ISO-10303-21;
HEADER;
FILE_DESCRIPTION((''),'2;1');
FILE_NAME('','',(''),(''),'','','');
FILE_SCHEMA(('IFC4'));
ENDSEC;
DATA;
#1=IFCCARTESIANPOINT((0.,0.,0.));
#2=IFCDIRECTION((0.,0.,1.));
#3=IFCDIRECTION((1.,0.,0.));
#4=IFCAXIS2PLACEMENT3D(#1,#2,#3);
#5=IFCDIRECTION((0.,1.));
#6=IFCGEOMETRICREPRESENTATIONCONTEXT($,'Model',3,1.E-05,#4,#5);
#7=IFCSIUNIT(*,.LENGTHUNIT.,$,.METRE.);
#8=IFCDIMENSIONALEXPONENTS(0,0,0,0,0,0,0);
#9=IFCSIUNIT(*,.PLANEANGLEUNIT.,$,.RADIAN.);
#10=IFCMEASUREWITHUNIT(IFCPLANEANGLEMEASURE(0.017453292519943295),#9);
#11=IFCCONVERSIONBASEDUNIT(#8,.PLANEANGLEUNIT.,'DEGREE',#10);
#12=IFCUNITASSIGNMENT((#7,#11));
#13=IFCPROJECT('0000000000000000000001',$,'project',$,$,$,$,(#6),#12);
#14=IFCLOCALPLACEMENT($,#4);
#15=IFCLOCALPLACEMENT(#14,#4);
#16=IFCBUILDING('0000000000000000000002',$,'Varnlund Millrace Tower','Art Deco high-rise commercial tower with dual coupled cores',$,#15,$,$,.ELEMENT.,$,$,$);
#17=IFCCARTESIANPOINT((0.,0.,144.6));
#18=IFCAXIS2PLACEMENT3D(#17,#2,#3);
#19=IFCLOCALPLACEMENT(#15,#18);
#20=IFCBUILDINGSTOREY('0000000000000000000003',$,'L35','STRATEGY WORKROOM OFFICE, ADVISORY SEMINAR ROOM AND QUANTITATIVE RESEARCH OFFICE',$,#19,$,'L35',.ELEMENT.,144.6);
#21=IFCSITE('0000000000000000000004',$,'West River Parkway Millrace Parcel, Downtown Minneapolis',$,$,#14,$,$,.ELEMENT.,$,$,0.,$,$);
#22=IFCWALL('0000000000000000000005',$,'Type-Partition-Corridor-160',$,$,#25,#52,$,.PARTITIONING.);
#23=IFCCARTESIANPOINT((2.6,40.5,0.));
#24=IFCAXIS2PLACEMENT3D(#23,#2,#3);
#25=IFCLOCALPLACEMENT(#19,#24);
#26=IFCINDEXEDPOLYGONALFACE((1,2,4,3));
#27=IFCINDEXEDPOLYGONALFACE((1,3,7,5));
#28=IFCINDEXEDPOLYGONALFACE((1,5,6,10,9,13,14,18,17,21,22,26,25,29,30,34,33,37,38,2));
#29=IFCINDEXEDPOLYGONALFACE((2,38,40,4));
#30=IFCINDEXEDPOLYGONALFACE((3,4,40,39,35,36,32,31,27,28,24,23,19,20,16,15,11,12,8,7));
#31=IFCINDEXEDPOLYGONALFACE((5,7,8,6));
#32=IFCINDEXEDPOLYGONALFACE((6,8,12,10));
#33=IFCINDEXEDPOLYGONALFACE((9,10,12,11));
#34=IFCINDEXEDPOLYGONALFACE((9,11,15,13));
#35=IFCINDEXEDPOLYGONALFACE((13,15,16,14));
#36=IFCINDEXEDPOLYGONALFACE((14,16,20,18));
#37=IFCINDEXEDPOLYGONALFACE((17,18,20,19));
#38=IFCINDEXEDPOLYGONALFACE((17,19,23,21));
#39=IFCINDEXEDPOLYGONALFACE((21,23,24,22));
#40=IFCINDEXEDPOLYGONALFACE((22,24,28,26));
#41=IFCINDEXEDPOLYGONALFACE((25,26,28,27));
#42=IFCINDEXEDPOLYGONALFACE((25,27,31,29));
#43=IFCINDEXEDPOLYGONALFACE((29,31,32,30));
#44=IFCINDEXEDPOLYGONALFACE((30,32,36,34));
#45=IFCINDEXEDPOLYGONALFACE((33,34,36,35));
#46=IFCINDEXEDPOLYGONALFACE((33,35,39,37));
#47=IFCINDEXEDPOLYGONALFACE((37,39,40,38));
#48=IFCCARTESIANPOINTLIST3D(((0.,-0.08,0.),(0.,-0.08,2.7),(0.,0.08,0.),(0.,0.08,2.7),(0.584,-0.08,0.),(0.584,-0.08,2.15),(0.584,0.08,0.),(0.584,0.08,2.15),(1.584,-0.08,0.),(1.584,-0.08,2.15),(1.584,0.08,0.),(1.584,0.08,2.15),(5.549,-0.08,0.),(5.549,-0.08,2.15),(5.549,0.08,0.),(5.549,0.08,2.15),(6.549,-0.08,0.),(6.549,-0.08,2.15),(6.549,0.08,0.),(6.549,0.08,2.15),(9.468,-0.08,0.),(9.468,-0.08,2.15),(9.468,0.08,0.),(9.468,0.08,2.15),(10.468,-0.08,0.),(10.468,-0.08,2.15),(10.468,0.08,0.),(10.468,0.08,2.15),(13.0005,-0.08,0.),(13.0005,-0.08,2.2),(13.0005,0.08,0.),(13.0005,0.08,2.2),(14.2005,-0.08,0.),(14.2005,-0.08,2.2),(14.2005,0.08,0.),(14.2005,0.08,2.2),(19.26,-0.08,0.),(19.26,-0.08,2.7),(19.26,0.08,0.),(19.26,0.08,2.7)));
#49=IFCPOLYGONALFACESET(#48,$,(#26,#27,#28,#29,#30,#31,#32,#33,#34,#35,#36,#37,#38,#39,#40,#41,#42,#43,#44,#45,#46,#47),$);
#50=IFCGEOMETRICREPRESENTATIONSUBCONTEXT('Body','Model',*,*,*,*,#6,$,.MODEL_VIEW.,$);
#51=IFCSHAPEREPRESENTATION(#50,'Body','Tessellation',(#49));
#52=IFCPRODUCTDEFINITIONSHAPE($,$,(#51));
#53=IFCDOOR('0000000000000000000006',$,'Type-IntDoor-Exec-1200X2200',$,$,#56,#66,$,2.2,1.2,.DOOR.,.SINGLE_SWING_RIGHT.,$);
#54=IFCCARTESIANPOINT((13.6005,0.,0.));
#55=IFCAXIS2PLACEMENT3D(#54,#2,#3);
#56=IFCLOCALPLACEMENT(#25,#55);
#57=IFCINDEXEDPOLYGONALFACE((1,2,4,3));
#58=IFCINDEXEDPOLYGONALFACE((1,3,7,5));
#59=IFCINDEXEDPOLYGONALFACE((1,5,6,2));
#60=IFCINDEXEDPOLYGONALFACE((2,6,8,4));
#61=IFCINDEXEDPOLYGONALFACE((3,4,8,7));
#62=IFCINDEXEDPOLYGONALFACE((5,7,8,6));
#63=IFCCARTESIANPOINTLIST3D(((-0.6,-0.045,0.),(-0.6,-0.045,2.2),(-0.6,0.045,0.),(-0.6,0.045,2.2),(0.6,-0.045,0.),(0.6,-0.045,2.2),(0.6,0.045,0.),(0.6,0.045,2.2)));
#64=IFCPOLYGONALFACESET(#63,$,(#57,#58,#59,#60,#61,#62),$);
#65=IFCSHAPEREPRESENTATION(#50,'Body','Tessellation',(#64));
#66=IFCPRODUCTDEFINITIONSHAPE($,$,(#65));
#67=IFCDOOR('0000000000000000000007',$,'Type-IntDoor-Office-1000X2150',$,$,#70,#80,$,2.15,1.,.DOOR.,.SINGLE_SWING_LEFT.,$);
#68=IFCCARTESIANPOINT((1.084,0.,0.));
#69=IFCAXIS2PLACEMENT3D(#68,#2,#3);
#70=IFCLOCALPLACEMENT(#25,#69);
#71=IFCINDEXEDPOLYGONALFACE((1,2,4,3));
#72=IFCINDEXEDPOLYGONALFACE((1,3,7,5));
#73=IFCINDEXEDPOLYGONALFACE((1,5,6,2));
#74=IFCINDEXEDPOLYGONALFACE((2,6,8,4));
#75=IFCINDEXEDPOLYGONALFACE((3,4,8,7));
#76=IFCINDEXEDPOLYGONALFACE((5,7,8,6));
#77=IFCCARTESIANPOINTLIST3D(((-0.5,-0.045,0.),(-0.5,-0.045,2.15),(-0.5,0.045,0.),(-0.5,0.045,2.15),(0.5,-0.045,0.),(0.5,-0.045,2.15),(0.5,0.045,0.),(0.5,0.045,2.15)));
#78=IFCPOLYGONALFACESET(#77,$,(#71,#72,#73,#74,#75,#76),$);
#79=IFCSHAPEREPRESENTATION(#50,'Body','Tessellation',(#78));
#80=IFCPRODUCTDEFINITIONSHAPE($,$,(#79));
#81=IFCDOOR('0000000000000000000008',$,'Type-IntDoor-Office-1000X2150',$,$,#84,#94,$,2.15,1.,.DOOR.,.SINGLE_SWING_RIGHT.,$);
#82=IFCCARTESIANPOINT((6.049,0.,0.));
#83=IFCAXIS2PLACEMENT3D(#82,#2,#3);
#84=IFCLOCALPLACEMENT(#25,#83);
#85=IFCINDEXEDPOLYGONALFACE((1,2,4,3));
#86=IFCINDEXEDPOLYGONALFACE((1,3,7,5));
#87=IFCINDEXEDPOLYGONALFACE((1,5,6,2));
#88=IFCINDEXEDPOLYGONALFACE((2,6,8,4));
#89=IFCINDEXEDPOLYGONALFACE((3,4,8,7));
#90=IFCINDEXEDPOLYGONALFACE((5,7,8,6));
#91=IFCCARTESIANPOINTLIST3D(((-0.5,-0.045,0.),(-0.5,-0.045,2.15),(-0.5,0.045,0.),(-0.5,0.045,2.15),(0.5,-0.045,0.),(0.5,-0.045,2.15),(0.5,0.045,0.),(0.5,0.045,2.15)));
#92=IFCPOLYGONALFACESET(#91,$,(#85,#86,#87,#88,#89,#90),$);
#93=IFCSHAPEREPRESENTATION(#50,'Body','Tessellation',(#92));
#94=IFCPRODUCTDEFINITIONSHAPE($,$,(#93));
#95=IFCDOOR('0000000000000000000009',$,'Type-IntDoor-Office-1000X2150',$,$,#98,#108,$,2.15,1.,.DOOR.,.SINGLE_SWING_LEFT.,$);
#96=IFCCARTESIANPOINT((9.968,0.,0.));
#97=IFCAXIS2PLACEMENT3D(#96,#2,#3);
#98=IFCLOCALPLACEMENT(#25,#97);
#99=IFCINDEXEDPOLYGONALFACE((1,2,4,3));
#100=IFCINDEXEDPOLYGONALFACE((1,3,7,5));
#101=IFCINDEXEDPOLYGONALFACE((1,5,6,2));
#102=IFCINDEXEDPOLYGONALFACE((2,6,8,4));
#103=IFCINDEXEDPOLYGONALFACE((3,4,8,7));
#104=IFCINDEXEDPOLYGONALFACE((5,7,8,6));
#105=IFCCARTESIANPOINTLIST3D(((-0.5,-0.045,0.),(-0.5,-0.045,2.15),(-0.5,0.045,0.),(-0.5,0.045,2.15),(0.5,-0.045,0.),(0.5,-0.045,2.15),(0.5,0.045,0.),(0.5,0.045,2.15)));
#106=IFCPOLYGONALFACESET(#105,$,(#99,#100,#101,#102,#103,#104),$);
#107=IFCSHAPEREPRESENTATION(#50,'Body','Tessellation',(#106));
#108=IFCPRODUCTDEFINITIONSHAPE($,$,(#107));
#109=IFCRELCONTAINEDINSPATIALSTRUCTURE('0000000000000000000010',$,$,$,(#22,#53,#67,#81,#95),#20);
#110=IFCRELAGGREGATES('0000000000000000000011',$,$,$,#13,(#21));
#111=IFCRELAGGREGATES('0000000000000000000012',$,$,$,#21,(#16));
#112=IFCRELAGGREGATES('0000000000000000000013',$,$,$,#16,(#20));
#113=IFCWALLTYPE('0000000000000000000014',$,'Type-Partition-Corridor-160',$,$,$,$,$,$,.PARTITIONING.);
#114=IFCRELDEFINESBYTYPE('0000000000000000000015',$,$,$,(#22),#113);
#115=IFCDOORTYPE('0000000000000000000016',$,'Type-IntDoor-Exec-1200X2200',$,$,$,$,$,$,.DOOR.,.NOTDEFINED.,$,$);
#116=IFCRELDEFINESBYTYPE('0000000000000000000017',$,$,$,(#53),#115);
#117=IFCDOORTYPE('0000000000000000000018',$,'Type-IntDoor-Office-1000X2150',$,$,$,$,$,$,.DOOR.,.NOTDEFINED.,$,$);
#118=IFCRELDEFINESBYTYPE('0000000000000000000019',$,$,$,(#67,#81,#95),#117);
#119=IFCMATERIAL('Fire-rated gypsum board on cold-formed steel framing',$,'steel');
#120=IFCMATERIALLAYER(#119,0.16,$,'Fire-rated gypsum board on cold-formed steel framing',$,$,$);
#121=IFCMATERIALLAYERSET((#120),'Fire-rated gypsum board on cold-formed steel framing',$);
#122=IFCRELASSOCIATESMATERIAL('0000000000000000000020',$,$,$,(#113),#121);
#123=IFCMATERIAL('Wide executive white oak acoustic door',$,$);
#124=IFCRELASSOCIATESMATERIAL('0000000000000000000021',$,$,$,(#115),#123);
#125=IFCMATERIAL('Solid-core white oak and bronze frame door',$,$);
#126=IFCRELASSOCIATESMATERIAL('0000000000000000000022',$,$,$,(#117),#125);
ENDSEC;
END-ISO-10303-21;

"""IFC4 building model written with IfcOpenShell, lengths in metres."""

from ifc_helpers import new_model, entity, si_unit, converted_unit, direction, frame, origin_with_axes, origin_2d_with_axis, place, context, subcontext, project, spatial, polyline, rectangle, outline, extrude, material, layer, layer_set, type_object, element, fill, save


model = new_model("IFC4")

# Units and contexts
model_context = context("Model", 3, precision=1e-05, world=origin_with_axes(), true_north=direction((0.0, 1.0)))
body_context = subcontext(model_context, "Body", "Model", "MODEL_VIEW")
ifc_project = project(units=[si_unit("LENGTHUNIT", "METRE"), converted_unit("PLANEANGLEUNIT", "DEGREE", entity("IfcPlaneAngleMeasure", 0.017453292519943295), si_unit("PLANEANGLEUNIT", "RADIAN"), dimensions=[0, 0, 0, 0, 0, 0, 0])], contexts=[model_context])

# Site, building, storey
site_placement = place(None, origin_with_axes())
site = spatial("IfcSite", under=ifc_project, at=site_placement, Name="West River Parkway Millrace Parcel, Downtown Minneapolis", CompositionType="ELEMENT", RefElevation=0.0)
building_placement = place(site_placement, origin_with_axes())
building = spatial("IfcBuilding", under=site, at=building_placement, Name="Varnlund Millrace Tower", Description="Art Deco high-rise commercial tower with dual coupled cores", CompositionType="ELEMENT")
storey_placement = place(building_placement, frame((0.0, 0.0, 144.6), z_axis=(0.0, 0.0, 1.0), x_axis=(1.0, 0.0, 0.0)))
storey = spatial("IfcBuildingStorey", under=building, at=storey_placement, Name="L35", Description="STRATEGY WORKROOM OFFICE, ADVISORY SEMINAR ROOM AND QUANTITATIVE RESEARCH OFFICE", LongName="L35", CompositionType="ELEMENT", Elevation=144.6)

# Wall, openings, doors
ifc_material_1 = material(Name="Fire-rated gypsum board on cold-formed steel framing", Category="steel")
ifc_layer_1 = layer(ifc_material_1, 0.16, Name="Fire-rated gypsum board on cold-formed steel framing")
ifc_layer_set_1 = layer_set([ifc_layer_1], Name="Fire-rated gypsum board on cold-formed steel framing")
wall_type_1 = type_object("IfcWallType", Name="Type-Partition-Corridor-160", PredefinedType="PARTITIONING", material=ifc_layer_set_1)
wall_1_placement = place(storey_placement, frame((2.6, 40.5, 0.0), z_axis=(0.0, 0.0, 1.0), x_axis=(1.0, 0.0, 0.0)))
wall_1 = element("IfcWall", 1, at=wall_1_placement, inside=storey, type_object=wall_type_1, Name="Type-Partition-Corridor-160", PredefinedType="PARTITIONING", context=body_context, shape_type="SweptSolid", body=[
    extrude(outline(polyline([(0.0, -0.08), (19.26, -0.08), (19.26, 0.08), (0.0, 0.08), (0.0, -0.08)])), origin_with_axes(), (0.0, 0.0, 1.0), 2.7),
])
opening_1_placement = place(wall_1_placement, frame((1.084, 0.0, 0.0), z_axis=(0.0, 0.0, 1.0), x_axis=(1.0, 0.0, 0.0)))
opening_1 = element("IfcOpeningElement", 2, at=opening_1_placement, cuts=wall_1, PredefinedType="OPENING", context=body_context, shape_type="SweptSolid", body=[
    extrude(rectangle(XDim=1.0, YDim=0.18, at=origin_2d_with_axis()), origin_with_axes(), (0.0, 0.0, 1.0), 2.15),
])
opening_2_placement = place(wall_1_placement, frame((6.049, 0.0, 0.0), z_axis=(0.0, 0.0, 1.0), x_axis=(1.0, 0.0, 0.0)))
opening_2 = element("IfcOpeningElement", 3, at=opening_2_placement, cuts=wall_1, PredefinedType="OPENING", context=body_context, shape_type="SweptSolid", body=[
    extrude(rectangle(XDim=1.0, YDim=0.18, at=origin_2d_with_axis()), origin_with_axes(), (0.0, 0.0, 1.0), 2.15),
])
opening_3_placement = place(wall_1_placement, frame((9.968, 0.0, 0.0), z_axis=(0.0, 0.0, 1.0), x_axis=(1.0, 0.0, 0.0)))
opening_3 = element("IfcOpeningElement", 4, at=opening_3_placement, cuts=wall_1, PredefinedType="OPENING", context=body_context, shape_type="SweptSolid", body=[
    extrude(rectangle(XDim=1.0, YDim=0.18, at=origin_2d_with_axis()), origin_with_axes(), (0.0, 0.0, 1.0), 2.15),
])
opening_4_placement = place(wall_1_placement, frame((13.6005, 0.0, 0.0), z_axis=(0.0, 0.0, 1.0), x_axis=(1.0, 0.0, 0.0)))
opening_4 = element("IfcOpeningElement", 5, at=opening_4_placement, cuts=wall_1, PredefinedType="OPENING", context=body_context, shape_type="SweptSolid", body=[
    extrude(rectangle(XDim=1.2, YDim=0.18, at=origin_2d_with_axis()), origin_with_axes(), (0.0, 0.0, 1.0), 2.2),
])
ifc_material_2 = material(Name="Wide executive white oak acoustic door")
door_type_1 = type_object("IfcDoorType", Name="Type-IntDoor-Exec-1200X2200", OperationType="NOTDEFINED", PredefinedType="DOOR", material=ifc_material_2)
door_1_placement = place(wall_1_placement, frame((13.6005, 0.0, 0.0), z_axis=(0.0, 0.0, 1.0), x_axis=(1.0, 0.0, 0.0)))
door_1 = element("IfcDoor", 6, at=door_1_placement, inside=storey, type_object=door_type_1, Name="Type-IntDoor-Exec-1200X2200", OperationType="SINGLE_SWING_RIGHT", OverallHeight=2.2, OverallWidth=1.2, PredefinedType="DOOR", context=body_context, shape_type="SweptSolid", body=[
    extrude(rectangle(XDim=1.2, YDim=0.09, at=origin_2d_with_axis()), origin_with_axes(), (0.0, 0.0, 1.0), 2.2),
])
fill(opening_4, door_1)
ifc_material_3 = material(Name="Solid-core white oak and bronze frame door")
door_type_2 = type_object("IfcDoorType", Name="Type-IntDoor-Office-1000X2150", OperationType="NOTDEFINED", PredefinedType="DOOR", material=ifc_material_3)
door_2_placement = place(wall_1_placement, frame((1.084, 0.0, 0.0), z_axis=(0.0, 0.0, 1.0), x_axis=(1.0, 0.0, 0.0)))
door_2 = element("IfcDoor", 7, at=door_2_placement, inside=storey, type_object=door_type_2, Name="Type-IntDoor-Office-1000X2150", OperationType="SINGLE_SWING_LEFT", OverallHeight=2.15, OverallWidth=1.0, PredefinedType="DOOR", context=body_context, shape_type="SweptSolid", body=[
    extrude(rectangle(XDim=1.0, YDim=0.09, at=origin_2d_with_axis()), origin_with_axes(), (0.0, 0.0, 1.0), 2.15),
])
fill(opening_1, door_2)
door_3_placement = place(wall_1_placement, frame((6.049, 0.0, 0.0), z_axis=(0.0, 0.0, 1.0), x_axis=(1.0, 0.0, 0.0)))
door_3 = element("IfcDoor", 8, at=door_3_placement, inside=storey, type_object=door_type_2, Name="Type-IntDoor-Office-1000X2150", OperationType="SINGLE_SWING_RIGHT", OverallHeight=2.15, OverallWidth=1.0, PredefinedType="DOOR", context=body_context, shape_type="SweptSolid", body=[
    extrude(rectangle(XDim=1.0, YDim=0.09, at=origin_2d_with_axis()), origin_with_axes(), (0.0, 0.0, 1.0), 2.15),
])
fill(opening_2, door_3)
door_4_placement = place(wall_1_placement, frame((9.968, 0.0, 0.0), z_axis=(0.0, 0.0, 1.0), x_axis=(1.0, 0.0, 0.0)))
door_4 = element("IfcDoor", 9, at=door_4_placement, inside=storey, type_object=door_type_2, Name="Type-IntDoor-Office-1000X2150", OperationType="SINGLE_SWING_LEFT", OverallHeight=2.15, OverallWidth=1.0, PredefinedType="DOOR", context=body_context, shape_type="SweptSolid", body=[
    extrude(rectangle(XDim=1.0, YDim=0.09, at=origin_2d_with_axis()), origin_with_axes(), (0.0, 0.0, 1.0), 2.15),
])
fill(opening_3, door_4)

save(model, "model.ifc")
